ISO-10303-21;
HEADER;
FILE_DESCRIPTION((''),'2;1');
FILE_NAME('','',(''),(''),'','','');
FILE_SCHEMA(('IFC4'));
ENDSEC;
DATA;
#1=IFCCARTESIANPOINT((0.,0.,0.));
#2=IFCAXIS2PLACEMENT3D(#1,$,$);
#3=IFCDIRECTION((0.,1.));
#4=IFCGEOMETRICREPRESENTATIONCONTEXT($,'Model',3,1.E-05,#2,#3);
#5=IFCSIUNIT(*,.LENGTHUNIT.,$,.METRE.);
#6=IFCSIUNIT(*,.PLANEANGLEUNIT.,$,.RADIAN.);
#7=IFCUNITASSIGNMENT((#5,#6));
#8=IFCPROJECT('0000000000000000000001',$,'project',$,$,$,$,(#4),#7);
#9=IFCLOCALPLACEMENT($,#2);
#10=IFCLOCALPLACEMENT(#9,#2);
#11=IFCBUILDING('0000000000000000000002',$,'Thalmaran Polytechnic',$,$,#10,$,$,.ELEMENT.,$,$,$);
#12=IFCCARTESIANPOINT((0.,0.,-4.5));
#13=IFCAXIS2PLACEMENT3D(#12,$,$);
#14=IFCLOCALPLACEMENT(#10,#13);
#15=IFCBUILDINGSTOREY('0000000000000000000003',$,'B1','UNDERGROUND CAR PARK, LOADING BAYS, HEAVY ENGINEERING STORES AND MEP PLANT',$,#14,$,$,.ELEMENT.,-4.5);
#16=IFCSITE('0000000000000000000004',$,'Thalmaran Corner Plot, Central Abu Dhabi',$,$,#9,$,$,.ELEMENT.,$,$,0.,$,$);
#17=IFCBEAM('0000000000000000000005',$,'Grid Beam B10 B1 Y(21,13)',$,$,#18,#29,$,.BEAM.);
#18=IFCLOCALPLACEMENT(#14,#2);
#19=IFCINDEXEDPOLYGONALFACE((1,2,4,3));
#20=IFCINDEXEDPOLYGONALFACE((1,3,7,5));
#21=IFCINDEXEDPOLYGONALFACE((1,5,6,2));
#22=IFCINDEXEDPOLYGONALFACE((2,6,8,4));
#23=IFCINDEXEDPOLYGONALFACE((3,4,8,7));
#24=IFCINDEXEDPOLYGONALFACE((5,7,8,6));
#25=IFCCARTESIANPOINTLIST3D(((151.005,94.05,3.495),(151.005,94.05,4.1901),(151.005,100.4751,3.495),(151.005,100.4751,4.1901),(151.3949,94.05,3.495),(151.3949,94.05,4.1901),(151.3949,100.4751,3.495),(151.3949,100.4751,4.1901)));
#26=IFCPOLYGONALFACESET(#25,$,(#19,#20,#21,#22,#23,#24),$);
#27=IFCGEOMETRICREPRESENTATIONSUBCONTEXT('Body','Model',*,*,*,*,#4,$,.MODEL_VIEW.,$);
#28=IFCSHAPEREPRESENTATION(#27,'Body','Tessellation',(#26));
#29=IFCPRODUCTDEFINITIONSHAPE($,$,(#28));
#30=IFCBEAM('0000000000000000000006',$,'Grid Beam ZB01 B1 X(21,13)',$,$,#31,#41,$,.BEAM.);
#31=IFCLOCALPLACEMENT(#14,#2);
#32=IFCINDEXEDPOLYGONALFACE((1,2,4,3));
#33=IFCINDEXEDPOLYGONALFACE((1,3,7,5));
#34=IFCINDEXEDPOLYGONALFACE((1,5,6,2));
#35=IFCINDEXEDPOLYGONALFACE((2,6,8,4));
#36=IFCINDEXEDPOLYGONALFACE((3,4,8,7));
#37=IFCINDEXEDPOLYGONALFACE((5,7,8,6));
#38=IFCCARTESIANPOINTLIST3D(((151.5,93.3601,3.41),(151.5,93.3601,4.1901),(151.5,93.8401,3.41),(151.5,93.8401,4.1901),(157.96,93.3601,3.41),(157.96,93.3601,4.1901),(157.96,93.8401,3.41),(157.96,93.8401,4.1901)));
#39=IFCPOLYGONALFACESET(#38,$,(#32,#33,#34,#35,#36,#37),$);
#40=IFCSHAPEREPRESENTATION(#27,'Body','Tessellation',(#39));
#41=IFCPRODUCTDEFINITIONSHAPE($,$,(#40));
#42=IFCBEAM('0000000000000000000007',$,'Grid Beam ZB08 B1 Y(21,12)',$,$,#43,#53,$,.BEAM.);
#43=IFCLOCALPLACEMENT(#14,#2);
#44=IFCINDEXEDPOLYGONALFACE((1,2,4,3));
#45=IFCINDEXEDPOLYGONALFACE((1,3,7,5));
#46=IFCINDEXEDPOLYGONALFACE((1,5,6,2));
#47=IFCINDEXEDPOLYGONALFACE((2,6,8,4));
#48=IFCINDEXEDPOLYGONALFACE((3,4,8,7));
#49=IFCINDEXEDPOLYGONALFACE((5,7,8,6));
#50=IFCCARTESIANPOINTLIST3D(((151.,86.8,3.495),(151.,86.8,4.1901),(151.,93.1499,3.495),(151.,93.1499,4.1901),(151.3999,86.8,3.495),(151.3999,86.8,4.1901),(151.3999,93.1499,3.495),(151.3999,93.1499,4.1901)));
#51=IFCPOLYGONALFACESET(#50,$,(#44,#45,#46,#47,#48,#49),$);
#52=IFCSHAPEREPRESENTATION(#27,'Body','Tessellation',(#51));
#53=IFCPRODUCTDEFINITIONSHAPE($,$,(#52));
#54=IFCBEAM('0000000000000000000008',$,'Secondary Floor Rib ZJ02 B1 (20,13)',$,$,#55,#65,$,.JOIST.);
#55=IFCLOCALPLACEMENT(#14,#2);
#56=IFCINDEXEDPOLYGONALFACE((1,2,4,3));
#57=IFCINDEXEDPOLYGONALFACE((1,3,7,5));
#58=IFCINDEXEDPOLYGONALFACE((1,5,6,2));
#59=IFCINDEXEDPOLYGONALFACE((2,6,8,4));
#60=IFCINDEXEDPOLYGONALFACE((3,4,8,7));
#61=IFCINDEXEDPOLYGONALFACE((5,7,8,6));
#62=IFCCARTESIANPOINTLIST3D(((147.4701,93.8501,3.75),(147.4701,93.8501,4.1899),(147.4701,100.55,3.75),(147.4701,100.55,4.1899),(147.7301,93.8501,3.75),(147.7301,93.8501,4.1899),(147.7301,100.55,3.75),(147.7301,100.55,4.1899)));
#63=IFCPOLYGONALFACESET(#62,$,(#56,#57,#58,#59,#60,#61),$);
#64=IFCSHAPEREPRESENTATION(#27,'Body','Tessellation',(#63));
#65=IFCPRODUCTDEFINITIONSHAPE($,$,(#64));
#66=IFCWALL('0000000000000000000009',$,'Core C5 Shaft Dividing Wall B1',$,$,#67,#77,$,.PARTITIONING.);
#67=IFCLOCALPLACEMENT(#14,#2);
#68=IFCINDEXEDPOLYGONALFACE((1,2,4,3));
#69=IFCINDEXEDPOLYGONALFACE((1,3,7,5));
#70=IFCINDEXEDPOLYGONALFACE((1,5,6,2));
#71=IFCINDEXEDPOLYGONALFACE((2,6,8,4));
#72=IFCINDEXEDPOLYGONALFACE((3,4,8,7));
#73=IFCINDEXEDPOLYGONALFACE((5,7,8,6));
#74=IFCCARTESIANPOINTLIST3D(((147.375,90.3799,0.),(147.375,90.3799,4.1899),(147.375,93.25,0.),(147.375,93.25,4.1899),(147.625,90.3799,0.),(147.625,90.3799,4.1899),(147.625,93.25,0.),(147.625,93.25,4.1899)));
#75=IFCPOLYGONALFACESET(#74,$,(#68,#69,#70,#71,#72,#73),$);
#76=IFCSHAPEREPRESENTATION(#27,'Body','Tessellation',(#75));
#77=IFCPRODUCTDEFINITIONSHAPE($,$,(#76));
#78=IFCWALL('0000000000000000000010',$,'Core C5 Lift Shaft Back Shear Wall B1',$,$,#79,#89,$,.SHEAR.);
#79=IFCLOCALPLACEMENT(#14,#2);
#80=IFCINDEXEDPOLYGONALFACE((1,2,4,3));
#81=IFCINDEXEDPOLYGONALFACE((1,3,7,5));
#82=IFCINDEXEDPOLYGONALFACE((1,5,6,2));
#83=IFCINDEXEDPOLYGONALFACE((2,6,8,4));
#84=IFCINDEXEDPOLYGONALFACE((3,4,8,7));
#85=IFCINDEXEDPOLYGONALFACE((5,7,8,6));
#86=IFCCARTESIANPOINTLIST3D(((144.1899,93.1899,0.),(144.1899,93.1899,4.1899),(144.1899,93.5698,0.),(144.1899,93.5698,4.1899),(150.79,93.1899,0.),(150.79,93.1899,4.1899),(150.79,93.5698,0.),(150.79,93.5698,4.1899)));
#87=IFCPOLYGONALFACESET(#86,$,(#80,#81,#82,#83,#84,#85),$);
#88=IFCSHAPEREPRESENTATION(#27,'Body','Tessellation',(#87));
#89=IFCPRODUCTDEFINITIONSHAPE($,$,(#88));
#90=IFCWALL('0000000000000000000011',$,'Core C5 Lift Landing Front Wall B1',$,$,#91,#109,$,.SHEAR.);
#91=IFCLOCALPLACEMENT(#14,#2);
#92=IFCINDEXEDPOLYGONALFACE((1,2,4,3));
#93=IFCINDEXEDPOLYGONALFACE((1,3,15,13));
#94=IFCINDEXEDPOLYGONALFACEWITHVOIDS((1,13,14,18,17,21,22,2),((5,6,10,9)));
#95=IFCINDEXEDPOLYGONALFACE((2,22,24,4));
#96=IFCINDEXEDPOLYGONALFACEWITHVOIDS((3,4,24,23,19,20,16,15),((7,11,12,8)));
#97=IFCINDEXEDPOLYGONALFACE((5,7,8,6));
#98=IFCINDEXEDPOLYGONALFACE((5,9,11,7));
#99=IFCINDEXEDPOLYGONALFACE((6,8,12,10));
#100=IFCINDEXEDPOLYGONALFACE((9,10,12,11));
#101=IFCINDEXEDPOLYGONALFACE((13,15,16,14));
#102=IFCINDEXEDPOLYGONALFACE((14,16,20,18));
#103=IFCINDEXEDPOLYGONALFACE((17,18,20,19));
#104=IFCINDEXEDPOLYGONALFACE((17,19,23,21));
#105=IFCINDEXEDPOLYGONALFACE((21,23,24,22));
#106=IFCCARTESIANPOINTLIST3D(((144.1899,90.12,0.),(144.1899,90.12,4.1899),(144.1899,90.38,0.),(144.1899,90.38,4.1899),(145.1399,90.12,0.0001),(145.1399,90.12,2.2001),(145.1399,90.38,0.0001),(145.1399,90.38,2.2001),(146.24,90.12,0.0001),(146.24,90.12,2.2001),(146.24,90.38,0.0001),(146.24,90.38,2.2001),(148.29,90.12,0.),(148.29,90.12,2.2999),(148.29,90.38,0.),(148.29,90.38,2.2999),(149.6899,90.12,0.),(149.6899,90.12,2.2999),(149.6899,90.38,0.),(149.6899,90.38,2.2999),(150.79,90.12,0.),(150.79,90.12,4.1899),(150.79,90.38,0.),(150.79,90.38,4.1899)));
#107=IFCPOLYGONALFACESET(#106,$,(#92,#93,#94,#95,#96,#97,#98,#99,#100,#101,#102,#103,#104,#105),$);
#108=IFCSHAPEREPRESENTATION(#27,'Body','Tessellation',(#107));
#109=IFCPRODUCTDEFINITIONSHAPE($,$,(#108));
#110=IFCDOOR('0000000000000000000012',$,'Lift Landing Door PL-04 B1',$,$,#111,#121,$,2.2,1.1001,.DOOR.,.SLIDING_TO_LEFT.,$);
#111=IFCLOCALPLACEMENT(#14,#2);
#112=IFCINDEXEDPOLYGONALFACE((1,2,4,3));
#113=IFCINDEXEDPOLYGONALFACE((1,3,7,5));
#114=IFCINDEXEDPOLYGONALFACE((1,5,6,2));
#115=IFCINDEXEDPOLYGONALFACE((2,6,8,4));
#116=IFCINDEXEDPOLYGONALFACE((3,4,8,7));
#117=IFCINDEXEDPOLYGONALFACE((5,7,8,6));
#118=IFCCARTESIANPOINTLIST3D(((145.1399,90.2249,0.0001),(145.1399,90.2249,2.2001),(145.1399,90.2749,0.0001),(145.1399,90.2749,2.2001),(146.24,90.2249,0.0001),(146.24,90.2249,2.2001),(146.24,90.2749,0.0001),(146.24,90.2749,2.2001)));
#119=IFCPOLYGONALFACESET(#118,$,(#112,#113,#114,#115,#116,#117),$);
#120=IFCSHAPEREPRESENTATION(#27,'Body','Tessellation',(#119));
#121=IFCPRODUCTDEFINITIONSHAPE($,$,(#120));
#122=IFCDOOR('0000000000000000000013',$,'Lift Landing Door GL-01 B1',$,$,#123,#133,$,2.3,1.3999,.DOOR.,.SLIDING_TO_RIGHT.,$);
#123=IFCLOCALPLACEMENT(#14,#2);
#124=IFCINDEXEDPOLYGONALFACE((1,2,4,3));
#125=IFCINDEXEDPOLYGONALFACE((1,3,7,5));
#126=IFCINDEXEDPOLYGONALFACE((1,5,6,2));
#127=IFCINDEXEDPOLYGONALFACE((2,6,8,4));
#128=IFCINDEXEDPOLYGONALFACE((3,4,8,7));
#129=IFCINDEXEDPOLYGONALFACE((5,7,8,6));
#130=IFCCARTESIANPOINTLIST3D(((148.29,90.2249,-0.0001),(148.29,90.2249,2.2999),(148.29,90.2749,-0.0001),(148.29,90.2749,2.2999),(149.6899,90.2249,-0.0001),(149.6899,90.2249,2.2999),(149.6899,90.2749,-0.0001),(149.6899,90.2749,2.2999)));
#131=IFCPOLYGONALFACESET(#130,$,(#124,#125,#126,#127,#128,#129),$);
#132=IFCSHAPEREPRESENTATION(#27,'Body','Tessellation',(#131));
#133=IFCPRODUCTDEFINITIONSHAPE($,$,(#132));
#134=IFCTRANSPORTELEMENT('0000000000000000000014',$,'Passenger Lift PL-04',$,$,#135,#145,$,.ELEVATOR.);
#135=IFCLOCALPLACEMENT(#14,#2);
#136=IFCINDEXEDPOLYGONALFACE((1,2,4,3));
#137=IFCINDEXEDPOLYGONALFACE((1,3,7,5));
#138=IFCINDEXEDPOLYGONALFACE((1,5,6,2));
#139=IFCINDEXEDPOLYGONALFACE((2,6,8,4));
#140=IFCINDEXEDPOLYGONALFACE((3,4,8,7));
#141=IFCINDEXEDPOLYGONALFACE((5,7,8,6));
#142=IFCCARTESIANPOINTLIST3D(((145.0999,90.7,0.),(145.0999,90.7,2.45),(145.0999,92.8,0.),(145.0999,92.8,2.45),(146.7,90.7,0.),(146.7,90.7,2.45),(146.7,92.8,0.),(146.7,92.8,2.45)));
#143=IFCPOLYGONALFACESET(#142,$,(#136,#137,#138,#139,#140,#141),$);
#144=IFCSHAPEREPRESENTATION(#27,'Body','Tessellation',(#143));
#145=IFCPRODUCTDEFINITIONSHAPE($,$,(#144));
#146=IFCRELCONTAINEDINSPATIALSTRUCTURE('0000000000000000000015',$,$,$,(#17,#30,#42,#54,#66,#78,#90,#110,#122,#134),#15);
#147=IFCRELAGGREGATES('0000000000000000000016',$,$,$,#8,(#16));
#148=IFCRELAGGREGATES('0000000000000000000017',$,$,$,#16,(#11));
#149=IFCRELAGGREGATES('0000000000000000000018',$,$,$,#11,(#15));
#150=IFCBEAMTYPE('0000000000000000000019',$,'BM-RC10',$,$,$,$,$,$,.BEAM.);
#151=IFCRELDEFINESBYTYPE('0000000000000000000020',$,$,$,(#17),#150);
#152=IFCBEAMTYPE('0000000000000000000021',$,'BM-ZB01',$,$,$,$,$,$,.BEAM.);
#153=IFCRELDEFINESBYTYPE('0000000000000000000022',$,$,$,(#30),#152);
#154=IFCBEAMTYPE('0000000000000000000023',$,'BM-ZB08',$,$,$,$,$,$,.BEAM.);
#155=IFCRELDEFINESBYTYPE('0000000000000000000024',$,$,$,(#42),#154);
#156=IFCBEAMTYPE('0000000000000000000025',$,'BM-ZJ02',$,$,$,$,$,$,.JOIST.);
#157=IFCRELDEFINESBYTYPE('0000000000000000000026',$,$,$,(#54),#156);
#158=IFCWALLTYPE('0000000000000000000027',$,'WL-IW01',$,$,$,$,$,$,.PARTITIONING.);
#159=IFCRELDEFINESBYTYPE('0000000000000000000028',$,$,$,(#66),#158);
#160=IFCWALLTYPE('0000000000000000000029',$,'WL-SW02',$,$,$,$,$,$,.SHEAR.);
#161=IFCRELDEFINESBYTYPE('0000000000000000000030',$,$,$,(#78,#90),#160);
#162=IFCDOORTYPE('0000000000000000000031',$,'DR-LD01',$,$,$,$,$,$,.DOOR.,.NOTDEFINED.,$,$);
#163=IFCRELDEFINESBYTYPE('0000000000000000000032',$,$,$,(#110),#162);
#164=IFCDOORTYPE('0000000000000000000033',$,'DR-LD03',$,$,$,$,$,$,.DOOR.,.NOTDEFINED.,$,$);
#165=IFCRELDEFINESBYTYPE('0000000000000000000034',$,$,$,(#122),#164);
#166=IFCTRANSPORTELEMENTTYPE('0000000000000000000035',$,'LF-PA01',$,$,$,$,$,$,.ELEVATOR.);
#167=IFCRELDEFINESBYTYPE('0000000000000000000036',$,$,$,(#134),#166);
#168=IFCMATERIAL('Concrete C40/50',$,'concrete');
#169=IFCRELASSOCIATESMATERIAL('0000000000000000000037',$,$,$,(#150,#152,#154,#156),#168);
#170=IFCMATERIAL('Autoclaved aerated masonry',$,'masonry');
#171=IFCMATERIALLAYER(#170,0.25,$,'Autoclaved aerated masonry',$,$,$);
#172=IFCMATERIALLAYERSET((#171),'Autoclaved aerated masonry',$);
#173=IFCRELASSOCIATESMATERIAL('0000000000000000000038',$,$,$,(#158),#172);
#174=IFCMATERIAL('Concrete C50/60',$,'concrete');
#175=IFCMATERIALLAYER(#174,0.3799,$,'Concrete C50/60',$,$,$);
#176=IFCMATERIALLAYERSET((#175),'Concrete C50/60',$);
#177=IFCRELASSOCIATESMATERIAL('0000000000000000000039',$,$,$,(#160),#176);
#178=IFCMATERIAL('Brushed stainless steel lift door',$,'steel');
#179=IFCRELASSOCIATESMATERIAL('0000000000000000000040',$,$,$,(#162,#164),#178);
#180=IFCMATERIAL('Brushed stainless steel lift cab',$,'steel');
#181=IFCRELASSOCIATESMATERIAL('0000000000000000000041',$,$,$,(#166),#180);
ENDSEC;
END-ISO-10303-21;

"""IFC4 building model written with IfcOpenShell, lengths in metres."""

from ifc_helpers import new_model, si_unit, direction, frame, frame_2d, origin, origin_2d, place, context, subcontext, project, spatial, rectangle, extrude, material, layer, layer_set, material_profile, profile_set, type_object, element, fill, save


model = new_model("IFC4")

# Units and contexts
model_context = context("Model", 3, precision=1e-05, world=origin(), true_north=direction((0.0, 1.0)))
body_context = subcontext(model_context, "Body", "Model", "MODEL_VIEW")
ifc_project = project(units=[si_unit("LENGTHUNIT", "METRE"), si_unit("PLANEANGLEUNIT", "RADIAN")], contexts=[model_context])

# Site, building, storey
site_placement = place(None, origin())
site = spatial("IfcSite", under=ifc_project, at=site_placement, Name="Thalmaran Corner Plot, Central Abu Dhabi", CompositionType="ELEMENT", RefElevation=0.0)
building_placement = place(site_placement, origin())
building = spatial("IfcBuilding", under=site, at=building_placement, Name="Thalmaran Polytechnic", CompositionType="ELEMENT")
storey_placement = place(building_placement, frame((0.0, 0.0, -4.5)))
storey = spatial("IfcBuildingStorey", under=building, at=storey_placement, Name="B1", Description="UNDERGROUND CAR PARK, LOADING BAYS, HEAVY ENGINEERING STORES AND MEP PLANT", CompositionType="ELEMENT", Elevation=-4.5)

# Shared definitions
ifc_material_1 = material(Name="Concrete C40/50", Category="concrete")

# Shared definitions
ifc_material_2 = material(Name="Concrete C50/60", Category="concrete")

# Beams
ifc_material_profile_1 = material_profile(ifc_material_1, rectangle(XDim=0.3899, YDim=0.6951, at=origin_2d()), Name="RC 390x695")
ifc_profile_set_1 = profile_set([ifc_material_profile_1], Name="Concrete C40/50")
beam_type_1 = type_object("IfcBeamType", Name="BM-RC10", PredefinedType="BEAM", material=ifc_profile_set_1)
beam_1_placement = place(storey_placement, frame((151.2, 94.05, 3.8425), z_axis=(0.0, 1.0, 0.0), x_axis=(-1.0, 0.0, 0.0)))
element("IfcBeam", 1, at=beam_1_placement, inside=storey, type_object=beam_type_1, Name="Grid Beam B10 B1 Y(21,13)", PredefinedType="BEAM", context=body_context, shape_type="SweptSolid", body=[
    extrude(rectangle(XDim=0.3899, YDim=0.6951, at=origin_2d()), origin(), (0.0, 0.0, 1.0), 6.425),
])
ifc_material_profile_2 = material_profile(ifc_material_1, rectangle(XDim=0.48, YDim=0.78, at=origin_2d()), Name="RC 480x780")
ifc_profile_set_2 = profile_set([ifc_material_profile_2], Name="Concrete C40/50")
beam_type_2 = type_object("IfcBeamType", Name="BM-ZB01", PredefinedType="BEAM", material=ifc_profile_set_2)
beam_2_placement = place(storey_placement, frame((151.5, 93.6001, 3.8), z_axis=(1.0, 0.0, 0.0), x_axis=(0.0, 1.0, 0.0)))
element("IfcBeam", 2, at=beam_2_placement, inside=storey, type_object=beam_type_2, Name="Grid Beam ZB01 B1 X(21,13)", PredefinedType="BEAM", context=body_context, shape_type="SweptSolid", body=[
    extrude(rectangle(XDim=0.48, YDim=0.78, at=origin_2d()), origin(), (0.0, 0.0, 1.0), 6.46),
])
ifc_material_profile_3 = material_profile(ifc_material_1, rectangle(XDim=0.3999, YDim=0.6951, at=origin_2d()), Name="RC 400x695")
ifc_profile_set_3 = profile_set([ifc_material_profile_3], Name="Concrete C40/50")
beam_type_3 = type_object("IfcBeamType", Name="BM-ZB08", PredefinedType="BEAM", material=ifc_profile_set_3)
beam_3_placement = place(storey_placement, frame((151.2, 86.8, 3.8425), z_axis=(0.0, 1.0, 0.0), x_axis=(-1.0, 0.0, 0.0)))
element("IfcBeam", 3, at=beam_3_placement, inside=storey, type_object=beam_type_3, Name="Grid Beam ZB08 B1 Y(21,12)", PredefinedType="BEAM", context=body_context, shape_type="SweptSolid", body=[
    extrude(rectangle(XDim=0.3999, YDim=0.6951, at=origin_2d()), origin(), (0.0, 0.0, 1.0), 6.3499),
])
ifc_material_profile_4 = material_profile(ifc_material_1, rectangle(XDim=0.26, YDim=0.4399, at=origin_2d()), Name="RC 260x440")
ifc_profile_set_4 = profile_set([ifc_material_profile_4], Name="Concrete C40/50")
beam_type_4 = type_object("IfcBeamType", Name="BM-ZJ02", PredefinedType="JOIST", material=ifc_profile_set_4)
beam_4_placement = place(storey_placement, frame((147.6001, 93.8501, 3.97), z_axis=(0.0, 1.0, 0.0), x_axis=(-1.0, 0.0, 0.0)))
element("IfcBeam", 4, at=beam_4_placement, inside=storey, type_object=beam_type_4, Name="Secondary Floor Rib ZJ02 B1 (20,13)", PredefinedType="JOIST", context=body_context, shape_type="SweptSolid", body=[
    extrude(rectangle(XDim=0.26, YDim=0.4399, at=origin_2d()), origin(), (0.0, 0.0, 1.0), 6.7),
])

# Walls
ifc_material_3 = material(Name="Autoclaved aerated masonry", Category="masonry")
ifc_layer_1 = layer(ifc_material_3, 0.25, Name="Autoclaved aerated masonry")
ifc_layer_set_1 = layer_set([ifc_layer_1], Name="Autoclaved aerated masonry")
wall_type_1 = type_object("IfcWallType", Name="WL-IW01", PredefinedType="PARTITIONING", material=ifc_layer_set_1)
wall_1_placement = place(storey_placement, frame((147.5, 90.3799, 0.0), z_axis=(0.0, 0.0, 1.0), x_axis=(0.0, 1.0, 0.0)))
element("IfcWall", 5, at=wall_1_placement, inside=storey, type_object=wall_type_1, Name="Core C5 Shaft Dividing Wall B1", PredefinedType="PARTITIONING", context=body_context, shape_type="SweptSolid", body=[
    extrude(rectangle(XDim=2.8701, YDim=0.25, at=frame_2d((1.4351, 0.0))), origin(), (0.0, 0.0, 1.0), 4.1899),
])
ifc_layer_2 = layer(ifc_material_2, 0.3799, Name="Concrete C50/60")
ifc_layer_set_2 = layer_set([ifc_layer_2], Name="Concrete C50/60")
wall_type_2 = type_object("IfcWallType", Name="WL-SW02", PredefinedType="SHEAR", material=ifc_layer_set_2)
wall_2_placement = place(storey_placement, frame((144.1899, 93.3799, 0.0), z_axis=(0.0, 0.0, 1.0), x_axis=(1.0, 0.0, 0.0)))
element("IfcWall", 6, at=wall_2_placement, inside=storey, type_object=wall_type_2, Name="Core C5 Lift Shaft Back Shear Wall B1", PredefinedType="SHEAR", context=body_context, shape_type="SweptSolid", body=[
    extrude(rectangle(XDim=6.6001, YDim=0.3799, at=frame_2d((3.3, 0.0))), origin(), (0.0, 0.0, 1.0), 4.1899),
])

# Wall, openings, doors
wall_3_placement = place(storey_placement, frame((144.1899, 90.25, 0.0), z_axis=(0.0, 0.0, 1.0), x_axis=(1.0, 0.0, 0.0)))
wall_3 = element("IfcWall", 7, at=wall_3_placement, inside=storey, type_object=wall_type_2, Name="Core C5 Lift Landing Front Wall B1", PredefinedType="SHEAR", context=body_context, shape_type="SweptSolid", body=[
    extrude(rectangle(XDim=6.6001, YDim=0.26, at=frame_2d((3.3, 0.0))), origin(), (0.0, 0.0, 1.0), 4.1899),
])
opening_1_placement = place(wall_3_placement, frame((0.95, 0.0, 0.0)))
opening_1 = element("IfcOpeningElement", 8, at=opening_1_placement, cuts=wall_3, PredefinedType="OPENING", context=body_context, shape_type="SweptSolid", body=[
    extrude(rectangle(XDim=1.1001, YDim=2.2, at=frame_2d((0.55, 1.1001))), frame((0.0, 0.1399, 0.0), z_axis=(0.0, -1.0, 0.0), x_axis=(1.0, 0.0, 0.0)), (0.0, 0.0, 1.0), 0.28),
])
opening_2_placement = place(wall_3_placement, frame((4.1001, 0.0, 0.0)))
opening_2 = element("IfcOpeningElement", 9, at=opening_2_placement, cuts=wall_3, PredefinedType="OPENING", context=body_context, shape_type="SweptSolid", body=[
    extrude(rectangle(XDim=1.3999, YDim=2.3, at=frame_2d((0.7, 1.1499))), frame((0.0, 0.1399, 0.0), z_axis=(0.0, -1.0, 0.0), x_axis=(1.0, 0.0, 0.0)), (0.0, 0.0, 1.0), 0.28),
])
ifc_material_4 = material(Name="Brushed stainless steel lift door", Category="steel")
door_type_1 = type_object("IfcDoorType", Name="DR-LD01", OperationType="NOTDEFINED", PredefinedType="DOOR", material=ifc_material_4)
door_1_placement = place(opening_1_placement, origin())
door_1 = element("IfcDoor", 10, at=door_1_placement, inside=storey, type_object=door_type_1, Name="Lift Landing Door PL-04 B1", OperationType="SLIDING_TO_LEFT", OverallHeight=2.2, OverallWidth=1.1001, PredefinedType="DOOR", context=body_context, shape_type="SweptSolid", body=[
    extrude(rectangle(XDim=1.1001, YDim=2.2, at=frame_2d((0.55, 1.1001))), frame((0.0, 0.0249, 0.0), z_axis=(0.0, -1.0, 0.0), x_axis=(1.0, 0.0, 0.0)), (0.0, 0.0, 1.0), 0.05),
])
fill(opening_1, door_1)
door_type_2 = type_object("IfcDoorType", Name="DR-LD03", OperationType="NOTDEFINED", PredefinedType="DOOR", material=ifc_material_4)
door_2_placement = place(opening_2_placement, origin())
door_2 = element("IfcDoor", 11, at=door_2_placement, inside=storey, type_object=door_type_2, Name="Lift Landing Door GL-01 B1", OperationType="SLIDING_TO_RIGHT", OverallHeight=2.3, OverallWidth=1.3999, PredefinedType="DOOR", context=body_context, shape_type="SweptSolid", body=[
    extrude(rectangle(XDim=1.3999, YDim=2.3, at=frame_2d((0.7, 1.1499))), frame((0.0, 0.0249, 0.0), z_axis=(0.0, -1.0, 0.0), x_axis=(1.0, 0.0, 0.0)), (0.0, 0.0, 1.0), 0.05),
])
fill(opening_2, door_2)

# Transport element
ifc_material_5 = material(Name="Brushed stainless steel lift cab", Category="steel")
transport_element_type = type_object("IfcTransportElementType", Name="LF-PA01", PredefinedType="ELEVATOR", material=ifc_material_5)
transport_element_placement = place(storey_placement, frame((145.8999, 91.75, 0.0), z_axis=(0.0, 0.0, 1.0), x_axis=(1.0, 0.0, 0.0)))
element("IfcTransportElement", 12, at=transport_element_placement, inside=storey, type_object=transport_element_type, Name="Passenger Lift PL-04", PredefinedType="ELEVATOR", context=body_context, shape_type="SweptSolid", body=[
    extrude(rectangle(XDim=1.6001, YDim=2.1001, at=origin_2d()), origin(), (0.0, 0.0, 1.0), 2.45),
])

save(model, "model.ifc")
